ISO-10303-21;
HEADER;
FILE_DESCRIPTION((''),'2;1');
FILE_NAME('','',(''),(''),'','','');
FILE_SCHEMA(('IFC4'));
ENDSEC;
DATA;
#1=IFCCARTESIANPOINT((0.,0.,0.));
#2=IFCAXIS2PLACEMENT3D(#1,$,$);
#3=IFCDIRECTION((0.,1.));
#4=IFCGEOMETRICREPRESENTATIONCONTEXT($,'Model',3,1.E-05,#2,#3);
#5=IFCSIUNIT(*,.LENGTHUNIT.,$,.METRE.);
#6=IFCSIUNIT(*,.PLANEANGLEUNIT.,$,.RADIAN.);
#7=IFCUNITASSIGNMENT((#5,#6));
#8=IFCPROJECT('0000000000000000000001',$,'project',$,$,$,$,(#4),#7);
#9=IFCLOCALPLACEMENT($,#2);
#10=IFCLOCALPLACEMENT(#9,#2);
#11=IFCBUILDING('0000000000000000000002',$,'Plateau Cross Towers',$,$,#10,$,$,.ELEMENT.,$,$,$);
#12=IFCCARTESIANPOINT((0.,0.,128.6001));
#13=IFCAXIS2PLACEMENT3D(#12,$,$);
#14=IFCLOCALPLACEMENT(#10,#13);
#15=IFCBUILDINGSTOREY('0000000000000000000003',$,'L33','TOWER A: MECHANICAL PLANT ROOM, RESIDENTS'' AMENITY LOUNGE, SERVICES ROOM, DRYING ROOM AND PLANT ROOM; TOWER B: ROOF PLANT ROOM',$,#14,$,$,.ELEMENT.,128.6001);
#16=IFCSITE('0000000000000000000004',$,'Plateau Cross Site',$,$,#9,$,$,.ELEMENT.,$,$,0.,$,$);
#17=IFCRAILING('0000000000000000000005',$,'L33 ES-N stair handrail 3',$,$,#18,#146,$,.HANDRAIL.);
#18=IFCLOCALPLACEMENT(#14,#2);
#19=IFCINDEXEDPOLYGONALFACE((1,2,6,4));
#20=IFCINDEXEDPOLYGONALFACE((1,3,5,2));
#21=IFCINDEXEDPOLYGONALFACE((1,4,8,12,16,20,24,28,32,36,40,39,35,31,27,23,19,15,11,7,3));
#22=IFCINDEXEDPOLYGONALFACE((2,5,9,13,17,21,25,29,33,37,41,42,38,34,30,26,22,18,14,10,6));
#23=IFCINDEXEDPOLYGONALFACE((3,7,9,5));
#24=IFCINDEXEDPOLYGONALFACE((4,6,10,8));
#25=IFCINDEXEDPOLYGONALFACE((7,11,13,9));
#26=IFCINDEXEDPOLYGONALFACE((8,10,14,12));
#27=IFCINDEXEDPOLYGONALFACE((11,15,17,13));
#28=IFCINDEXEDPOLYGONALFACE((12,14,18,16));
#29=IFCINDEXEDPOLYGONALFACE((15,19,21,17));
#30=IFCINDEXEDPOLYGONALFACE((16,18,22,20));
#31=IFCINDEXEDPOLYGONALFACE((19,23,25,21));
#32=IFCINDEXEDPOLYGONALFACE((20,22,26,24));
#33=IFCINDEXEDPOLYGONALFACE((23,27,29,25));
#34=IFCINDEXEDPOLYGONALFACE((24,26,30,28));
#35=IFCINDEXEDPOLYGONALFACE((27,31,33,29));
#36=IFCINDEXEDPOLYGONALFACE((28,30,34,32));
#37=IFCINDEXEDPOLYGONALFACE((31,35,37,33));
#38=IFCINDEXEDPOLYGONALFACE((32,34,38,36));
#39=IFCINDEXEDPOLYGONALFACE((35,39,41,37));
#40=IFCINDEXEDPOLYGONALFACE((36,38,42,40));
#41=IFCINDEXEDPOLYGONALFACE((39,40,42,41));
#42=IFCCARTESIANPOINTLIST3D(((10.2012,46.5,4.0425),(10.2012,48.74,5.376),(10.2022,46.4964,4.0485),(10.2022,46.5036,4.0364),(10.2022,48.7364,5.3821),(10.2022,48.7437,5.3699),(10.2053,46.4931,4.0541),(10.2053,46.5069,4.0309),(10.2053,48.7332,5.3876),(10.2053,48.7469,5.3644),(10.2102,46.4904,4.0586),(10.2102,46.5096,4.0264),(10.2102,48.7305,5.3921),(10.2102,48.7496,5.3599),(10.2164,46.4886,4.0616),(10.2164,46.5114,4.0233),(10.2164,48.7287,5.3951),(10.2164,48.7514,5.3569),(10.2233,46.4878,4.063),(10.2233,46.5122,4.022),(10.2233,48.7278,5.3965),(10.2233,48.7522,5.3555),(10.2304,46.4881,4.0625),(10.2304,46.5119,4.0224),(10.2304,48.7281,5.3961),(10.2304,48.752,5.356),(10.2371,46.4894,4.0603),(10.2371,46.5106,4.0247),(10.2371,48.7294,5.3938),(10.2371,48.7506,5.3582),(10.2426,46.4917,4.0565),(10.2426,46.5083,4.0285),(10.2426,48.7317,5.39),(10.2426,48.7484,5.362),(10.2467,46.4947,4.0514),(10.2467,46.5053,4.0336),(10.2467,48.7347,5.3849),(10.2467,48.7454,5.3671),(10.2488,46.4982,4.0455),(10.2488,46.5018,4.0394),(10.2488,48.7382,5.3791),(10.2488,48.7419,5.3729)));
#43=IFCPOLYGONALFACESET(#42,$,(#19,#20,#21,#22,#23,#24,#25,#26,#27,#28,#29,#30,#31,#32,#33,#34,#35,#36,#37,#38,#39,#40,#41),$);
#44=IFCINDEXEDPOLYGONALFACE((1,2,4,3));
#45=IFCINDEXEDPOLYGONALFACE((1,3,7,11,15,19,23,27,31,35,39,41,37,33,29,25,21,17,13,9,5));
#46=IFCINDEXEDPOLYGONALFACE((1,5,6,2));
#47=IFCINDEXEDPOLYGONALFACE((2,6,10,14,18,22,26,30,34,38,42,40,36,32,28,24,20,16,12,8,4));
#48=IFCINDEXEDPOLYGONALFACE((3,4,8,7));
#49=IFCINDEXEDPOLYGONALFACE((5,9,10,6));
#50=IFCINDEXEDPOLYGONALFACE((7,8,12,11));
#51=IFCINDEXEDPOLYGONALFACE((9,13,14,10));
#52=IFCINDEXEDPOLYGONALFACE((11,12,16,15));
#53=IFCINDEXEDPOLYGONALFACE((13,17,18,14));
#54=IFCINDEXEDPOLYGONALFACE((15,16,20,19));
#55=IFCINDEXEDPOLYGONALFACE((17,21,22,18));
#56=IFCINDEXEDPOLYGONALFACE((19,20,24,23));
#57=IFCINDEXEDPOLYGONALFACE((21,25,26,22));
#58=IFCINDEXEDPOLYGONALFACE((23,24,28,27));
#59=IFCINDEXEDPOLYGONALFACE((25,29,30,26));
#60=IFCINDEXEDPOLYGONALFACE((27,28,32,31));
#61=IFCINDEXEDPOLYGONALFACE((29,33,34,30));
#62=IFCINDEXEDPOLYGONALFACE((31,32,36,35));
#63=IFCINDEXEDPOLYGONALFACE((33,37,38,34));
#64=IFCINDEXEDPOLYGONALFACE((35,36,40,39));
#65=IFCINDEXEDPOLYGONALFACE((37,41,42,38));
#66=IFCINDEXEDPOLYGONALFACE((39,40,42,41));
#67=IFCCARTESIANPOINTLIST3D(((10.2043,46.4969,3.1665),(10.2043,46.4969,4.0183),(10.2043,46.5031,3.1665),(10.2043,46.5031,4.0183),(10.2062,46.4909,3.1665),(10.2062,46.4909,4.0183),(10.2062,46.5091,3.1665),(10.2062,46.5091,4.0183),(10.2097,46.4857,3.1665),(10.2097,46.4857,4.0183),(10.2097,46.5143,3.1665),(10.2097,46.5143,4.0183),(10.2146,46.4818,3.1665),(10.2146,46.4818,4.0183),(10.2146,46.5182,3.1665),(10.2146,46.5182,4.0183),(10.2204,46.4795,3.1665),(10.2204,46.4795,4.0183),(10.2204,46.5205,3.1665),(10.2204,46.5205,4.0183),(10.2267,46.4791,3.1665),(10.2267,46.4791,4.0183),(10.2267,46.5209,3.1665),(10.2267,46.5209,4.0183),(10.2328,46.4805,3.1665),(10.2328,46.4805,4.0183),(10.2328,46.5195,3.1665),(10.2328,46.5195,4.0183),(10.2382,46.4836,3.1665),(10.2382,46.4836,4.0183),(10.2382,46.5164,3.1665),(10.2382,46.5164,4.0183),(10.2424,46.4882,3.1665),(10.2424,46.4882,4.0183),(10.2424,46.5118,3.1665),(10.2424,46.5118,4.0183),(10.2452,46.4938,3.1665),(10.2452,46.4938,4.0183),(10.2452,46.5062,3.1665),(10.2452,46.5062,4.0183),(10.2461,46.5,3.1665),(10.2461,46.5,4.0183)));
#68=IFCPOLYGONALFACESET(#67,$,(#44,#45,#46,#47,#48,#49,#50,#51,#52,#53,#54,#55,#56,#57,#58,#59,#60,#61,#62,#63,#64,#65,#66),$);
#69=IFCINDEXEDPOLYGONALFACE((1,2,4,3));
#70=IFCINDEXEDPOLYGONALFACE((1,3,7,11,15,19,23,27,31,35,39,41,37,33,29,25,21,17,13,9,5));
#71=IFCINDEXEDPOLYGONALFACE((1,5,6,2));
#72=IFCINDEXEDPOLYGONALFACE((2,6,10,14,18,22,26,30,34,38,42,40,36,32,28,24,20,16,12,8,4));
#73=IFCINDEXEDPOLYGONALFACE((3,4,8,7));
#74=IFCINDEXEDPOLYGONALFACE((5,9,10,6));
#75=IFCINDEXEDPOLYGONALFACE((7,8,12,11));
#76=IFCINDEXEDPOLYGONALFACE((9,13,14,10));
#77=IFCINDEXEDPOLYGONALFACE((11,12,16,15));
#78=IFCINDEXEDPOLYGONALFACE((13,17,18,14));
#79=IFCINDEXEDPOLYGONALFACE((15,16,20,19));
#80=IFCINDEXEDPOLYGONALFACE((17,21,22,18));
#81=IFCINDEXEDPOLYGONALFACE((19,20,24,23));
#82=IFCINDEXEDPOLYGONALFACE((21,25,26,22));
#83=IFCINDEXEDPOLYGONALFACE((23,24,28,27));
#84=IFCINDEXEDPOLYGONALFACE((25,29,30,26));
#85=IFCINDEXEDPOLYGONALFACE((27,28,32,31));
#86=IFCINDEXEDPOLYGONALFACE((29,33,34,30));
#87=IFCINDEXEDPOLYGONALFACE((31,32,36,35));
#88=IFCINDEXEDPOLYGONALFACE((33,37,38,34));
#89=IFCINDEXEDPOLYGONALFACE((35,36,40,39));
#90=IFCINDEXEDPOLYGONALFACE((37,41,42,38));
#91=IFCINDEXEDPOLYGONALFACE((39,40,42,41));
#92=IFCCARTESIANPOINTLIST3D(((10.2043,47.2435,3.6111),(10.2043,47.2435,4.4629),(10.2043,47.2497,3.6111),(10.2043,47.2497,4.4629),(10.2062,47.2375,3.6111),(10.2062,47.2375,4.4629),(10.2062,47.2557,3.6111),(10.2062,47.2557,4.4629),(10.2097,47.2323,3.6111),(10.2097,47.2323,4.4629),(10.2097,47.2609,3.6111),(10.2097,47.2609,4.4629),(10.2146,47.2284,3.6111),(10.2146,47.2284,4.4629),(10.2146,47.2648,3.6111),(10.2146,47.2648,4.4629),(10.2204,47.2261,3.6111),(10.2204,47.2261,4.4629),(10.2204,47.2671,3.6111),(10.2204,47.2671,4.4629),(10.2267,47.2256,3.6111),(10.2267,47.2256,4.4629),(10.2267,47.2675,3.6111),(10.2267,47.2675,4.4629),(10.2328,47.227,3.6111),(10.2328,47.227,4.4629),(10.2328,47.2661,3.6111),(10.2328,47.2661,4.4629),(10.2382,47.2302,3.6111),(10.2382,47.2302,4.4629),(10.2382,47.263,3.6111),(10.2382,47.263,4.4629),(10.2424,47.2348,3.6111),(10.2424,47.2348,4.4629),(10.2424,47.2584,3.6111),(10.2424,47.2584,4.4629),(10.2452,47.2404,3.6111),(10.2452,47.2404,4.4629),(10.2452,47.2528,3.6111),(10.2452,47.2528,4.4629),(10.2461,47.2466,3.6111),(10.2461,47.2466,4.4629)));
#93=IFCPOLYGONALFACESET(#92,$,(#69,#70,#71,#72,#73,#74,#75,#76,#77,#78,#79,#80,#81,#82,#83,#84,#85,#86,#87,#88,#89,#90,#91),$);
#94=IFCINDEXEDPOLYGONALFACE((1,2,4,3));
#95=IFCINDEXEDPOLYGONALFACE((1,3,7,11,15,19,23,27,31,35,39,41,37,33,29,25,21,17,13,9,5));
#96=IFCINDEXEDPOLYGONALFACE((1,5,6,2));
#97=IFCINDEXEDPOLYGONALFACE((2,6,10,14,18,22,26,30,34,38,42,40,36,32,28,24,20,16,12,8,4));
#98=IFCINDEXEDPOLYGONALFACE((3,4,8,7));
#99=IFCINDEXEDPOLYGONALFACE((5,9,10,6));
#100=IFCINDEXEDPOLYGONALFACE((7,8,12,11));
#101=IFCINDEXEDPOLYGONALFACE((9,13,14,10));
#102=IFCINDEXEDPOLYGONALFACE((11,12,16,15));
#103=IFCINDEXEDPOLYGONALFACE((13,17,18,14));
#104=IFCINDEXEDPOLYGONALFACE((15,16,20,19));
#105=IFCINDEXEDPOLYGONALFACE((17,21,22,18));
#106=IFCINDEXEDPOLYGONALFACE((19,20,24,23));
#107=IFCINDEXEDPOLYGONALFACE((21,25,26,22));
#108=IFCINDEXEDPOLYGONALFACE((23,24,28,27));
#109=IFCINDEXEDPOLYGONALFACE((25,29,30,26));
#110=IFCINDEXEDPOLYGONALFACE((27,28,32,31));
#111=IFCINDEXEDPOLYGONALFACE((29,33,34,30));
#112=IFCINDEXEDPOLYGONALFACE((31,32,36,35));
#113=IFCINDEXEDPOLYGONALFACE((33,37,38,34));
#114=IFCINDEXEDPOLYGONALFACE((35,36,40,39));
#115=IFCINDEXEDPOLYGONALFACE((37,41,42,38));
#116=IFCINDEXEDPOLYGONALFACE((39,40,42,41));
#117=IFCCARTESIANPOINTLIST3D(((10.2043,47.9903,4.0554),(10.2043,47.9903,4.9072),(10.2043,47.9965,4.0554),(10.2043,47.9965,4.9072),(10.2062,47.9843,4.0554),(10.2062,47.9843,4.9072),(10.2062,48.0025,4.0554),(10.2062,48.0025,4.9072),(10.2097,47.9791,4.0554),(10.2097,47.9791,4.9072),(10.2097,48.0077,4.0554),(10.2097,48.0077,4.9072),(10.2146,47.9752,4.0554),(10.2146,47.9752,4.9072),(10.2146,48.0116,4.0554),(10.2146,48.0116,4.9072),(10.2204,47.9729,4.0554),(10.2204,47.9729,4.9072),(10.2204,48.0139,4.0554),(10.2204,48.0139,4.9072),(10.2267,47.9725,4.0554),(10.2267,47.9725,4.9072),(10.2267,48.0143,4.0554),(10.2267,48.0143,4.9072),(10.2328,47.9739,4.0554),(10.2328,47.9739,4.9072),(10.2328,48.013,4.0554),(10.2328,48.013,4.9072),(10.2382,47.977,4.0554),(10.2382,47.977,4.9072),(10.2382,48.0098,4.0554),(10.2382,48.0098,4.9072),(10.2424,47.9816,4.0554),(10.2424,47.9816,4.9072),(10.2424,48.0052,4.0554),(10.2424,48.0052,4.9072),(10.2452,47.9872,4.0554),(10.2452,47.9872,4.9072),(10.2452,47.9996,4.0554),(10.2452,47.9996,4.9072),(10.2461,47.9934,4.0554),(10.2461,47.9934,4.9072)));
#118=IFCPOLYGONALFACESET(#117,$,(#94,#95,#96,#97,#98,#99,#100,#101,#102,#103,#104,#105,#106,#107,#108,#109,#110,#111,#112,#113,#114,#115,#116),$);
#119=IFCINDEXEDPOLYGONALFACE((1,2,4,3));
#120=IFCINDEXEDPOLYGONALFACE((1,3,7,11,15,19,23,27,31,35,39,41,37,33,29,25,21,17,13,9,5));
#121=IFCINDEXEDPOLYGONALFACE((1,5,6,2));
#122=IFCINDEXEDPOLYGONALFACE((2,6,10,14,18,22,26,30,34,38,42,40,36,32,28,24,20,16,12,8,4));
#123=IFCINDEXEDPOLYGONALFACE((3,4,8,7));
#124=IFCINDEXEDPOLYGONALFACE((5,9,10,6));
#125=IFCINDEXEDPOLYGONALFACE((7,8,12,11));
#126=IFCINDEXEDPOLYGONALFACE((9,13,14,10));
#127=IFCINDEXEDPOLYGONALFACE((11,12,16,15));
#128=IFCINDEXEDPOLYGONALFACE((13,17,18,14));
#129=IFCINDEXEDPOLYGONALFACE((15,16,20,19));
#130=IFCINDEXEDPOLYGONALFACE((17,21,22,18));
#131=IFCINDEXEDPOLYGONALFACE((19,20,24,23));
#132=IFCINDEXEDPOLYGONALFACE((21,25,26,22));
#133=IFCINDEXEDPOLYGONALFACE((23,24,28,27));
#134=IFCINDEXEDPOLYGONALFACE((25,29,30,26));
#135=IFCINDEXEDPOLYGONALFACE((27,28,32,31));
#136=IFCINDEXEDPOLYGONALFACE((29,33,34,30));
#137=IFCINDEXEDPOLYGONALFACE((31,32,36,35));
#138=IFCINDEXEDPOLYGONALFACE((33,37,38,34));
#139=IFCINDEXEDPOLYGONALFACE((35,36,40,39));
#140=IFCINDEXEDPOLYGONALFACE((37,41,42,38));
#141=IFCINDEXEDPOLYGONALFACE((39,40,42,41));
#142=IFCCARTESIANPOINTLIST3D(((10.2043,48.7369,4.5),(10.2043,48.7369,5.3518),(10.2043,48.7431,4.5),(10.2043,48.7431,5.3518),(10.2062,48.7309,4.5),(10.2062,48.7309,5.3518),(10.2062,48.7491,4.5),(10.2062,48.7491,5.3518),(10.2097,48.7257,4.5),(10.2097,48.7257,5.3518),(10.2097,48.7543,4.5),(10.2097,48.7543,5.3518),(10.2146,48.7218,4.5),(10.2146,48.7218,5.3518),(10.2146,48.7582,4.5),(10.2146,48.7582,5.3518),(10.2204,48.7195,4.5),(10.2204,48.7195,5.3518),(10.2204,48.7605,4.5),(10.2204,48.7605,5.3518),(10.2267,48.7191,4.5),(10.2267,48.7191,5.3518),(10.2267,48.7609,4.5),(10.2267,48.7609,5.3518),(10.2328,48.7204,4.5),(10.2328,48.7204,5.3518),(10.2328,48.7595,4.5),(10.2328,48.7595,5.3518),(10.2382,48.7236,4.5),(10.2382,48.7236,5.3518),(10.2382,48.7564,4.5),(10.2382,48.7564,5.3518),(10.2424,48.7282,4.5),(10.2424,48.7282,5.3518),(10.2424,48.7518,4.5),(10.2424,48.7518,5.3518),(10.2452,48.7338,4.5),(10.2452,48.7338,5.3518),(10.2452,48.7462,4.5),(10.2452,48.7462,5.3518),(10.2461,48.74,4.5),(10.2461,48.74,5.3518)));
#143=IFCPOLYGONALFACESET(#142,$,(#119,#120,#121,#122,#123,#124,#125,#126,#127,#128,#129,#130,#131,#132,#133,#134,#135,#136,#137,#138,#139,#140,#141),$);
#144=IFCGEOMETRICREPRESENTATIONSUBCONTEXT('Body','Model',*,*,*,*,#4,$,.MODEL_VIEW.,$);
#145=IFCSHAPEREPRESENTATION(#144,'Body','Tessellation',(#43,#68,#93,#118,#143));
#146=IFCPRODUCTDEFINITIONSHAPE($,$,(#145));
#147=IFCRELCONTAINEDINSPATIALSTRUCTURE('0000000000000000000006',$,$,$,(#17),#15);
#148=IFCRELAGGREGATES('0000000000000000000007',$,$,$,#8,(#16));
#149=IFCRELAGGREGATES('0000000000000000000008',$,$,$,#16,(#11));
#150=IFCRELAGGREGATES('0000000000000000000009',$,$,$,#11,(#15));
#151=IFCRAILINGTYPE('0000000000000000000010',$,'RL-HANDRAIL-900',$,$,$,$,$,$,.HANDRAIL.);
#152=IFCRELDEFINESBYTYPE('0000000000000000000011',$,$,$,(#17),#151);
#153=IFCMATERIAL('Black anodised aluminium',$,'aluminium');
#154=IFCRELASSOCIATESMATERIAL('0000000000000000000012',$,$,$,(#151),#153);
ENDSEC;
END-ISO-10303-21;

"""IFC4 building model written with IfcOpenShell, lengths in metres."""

from ifc_helpers import new_model, si_unit, direction, frame, origin, origin_2d, place, context, subcontext, project, spatial, circle, extrude, material, type_object, element, save


model = new_model("IFC4")

# Units and contexts
model_context = context("Model", 3, precision=1e-05, world=origin(), true_north=direction((0.0, 1.0)))
body_context = subcontext(model_context, "Body", "Model", "MODEL_VIEW")
ifc_project = project(units=[si_unit("LENGTHUNIT", "METRE"), si_unit("PLANEANGLEUNIT", "RADIAN")], contexts=[model_context])

# Site, building, storey
site_placement = place(None, origin())
site = spatial("IfcSite", under=ifc_project, at=site_placement, Name="Plateau Cross Site", CompositionType="ELEMENT", RefElevation=0.0)
building_placement = place(site_placement, origin())
building = spatial("IfcBuilding", under=site, at=building_placement, Name="Plateau Cross Towers", CompositionType="ELEMENT")
storey_placement = place(building_placement, frame((0.0, 0.0, 128.6001)))
storey = spatial("IfcBuildingStorey", under=building, at=storey_placement, Name="L33", Description="TOWER A: MECHANICAL PLANT ROOM, RESIDENTS' AMENITY LOUNGE, SERVICES ROOM, DRYING ROOM AND PLANT ROOM; TOWER B: ROOF PLANT ROOM", CompositionType="ELEMENT", Elevation=128.6001)

# Shared definitions
ifc_material_1 = material(Name="Black anodised aluminium", Category="aluminium")

# Railing
railing_type_1 = type_object("IfcRailingType", Name="RL-HANDRAIL-900", PredefinedType="HANDRAIL", material=ifc_material_1)
for number, where, name in (
    (1, (10.2251, 46.5, 3.1665), "L33 ES-N stair handrail 3"),
):
    element("IfcRailing", number, at=place(storey_placement, frame(where)), inside=storey, type_object=railing_type_1, Name=name, PredefinedType="HANDRAIL", context=body_context, shape_type="SweptSolid", body=[
        extrude(circle(Radius=0.0239, at=origin_2d()), frame((0.0, 0.0, 0.876), z_axis=(0.0, 0.859264, 0.511532), x_axis=(-1.0, 0.0, 0.0)), (0.0, 0.0, 1.0), 2.6069),
        extrude(circle(Radius=0.021, at=origin_2d()), origin(), (0.0, 0.0, 1.0), 0.8518),
        extrude(circle(Radius=0.021, at=origin_2d()), frame((0.0, 0.7466, 0.4446)), (0.0, 0.0, 1.0), 0.8518),
        extrude(circle(Radius=0.021, at=origin_2d()), frame((0.0, 1.4934, 0.8889)), (0.0, 0.0, 1.0), 0.8518),
        extrude(circle(Radius=0.021, at=origin_2d()), frame((0.0, 2.24, 1.3335)), (0.0, 0.0, 1.0), 0.8518),
    ])

save(model, "model.ifc")
